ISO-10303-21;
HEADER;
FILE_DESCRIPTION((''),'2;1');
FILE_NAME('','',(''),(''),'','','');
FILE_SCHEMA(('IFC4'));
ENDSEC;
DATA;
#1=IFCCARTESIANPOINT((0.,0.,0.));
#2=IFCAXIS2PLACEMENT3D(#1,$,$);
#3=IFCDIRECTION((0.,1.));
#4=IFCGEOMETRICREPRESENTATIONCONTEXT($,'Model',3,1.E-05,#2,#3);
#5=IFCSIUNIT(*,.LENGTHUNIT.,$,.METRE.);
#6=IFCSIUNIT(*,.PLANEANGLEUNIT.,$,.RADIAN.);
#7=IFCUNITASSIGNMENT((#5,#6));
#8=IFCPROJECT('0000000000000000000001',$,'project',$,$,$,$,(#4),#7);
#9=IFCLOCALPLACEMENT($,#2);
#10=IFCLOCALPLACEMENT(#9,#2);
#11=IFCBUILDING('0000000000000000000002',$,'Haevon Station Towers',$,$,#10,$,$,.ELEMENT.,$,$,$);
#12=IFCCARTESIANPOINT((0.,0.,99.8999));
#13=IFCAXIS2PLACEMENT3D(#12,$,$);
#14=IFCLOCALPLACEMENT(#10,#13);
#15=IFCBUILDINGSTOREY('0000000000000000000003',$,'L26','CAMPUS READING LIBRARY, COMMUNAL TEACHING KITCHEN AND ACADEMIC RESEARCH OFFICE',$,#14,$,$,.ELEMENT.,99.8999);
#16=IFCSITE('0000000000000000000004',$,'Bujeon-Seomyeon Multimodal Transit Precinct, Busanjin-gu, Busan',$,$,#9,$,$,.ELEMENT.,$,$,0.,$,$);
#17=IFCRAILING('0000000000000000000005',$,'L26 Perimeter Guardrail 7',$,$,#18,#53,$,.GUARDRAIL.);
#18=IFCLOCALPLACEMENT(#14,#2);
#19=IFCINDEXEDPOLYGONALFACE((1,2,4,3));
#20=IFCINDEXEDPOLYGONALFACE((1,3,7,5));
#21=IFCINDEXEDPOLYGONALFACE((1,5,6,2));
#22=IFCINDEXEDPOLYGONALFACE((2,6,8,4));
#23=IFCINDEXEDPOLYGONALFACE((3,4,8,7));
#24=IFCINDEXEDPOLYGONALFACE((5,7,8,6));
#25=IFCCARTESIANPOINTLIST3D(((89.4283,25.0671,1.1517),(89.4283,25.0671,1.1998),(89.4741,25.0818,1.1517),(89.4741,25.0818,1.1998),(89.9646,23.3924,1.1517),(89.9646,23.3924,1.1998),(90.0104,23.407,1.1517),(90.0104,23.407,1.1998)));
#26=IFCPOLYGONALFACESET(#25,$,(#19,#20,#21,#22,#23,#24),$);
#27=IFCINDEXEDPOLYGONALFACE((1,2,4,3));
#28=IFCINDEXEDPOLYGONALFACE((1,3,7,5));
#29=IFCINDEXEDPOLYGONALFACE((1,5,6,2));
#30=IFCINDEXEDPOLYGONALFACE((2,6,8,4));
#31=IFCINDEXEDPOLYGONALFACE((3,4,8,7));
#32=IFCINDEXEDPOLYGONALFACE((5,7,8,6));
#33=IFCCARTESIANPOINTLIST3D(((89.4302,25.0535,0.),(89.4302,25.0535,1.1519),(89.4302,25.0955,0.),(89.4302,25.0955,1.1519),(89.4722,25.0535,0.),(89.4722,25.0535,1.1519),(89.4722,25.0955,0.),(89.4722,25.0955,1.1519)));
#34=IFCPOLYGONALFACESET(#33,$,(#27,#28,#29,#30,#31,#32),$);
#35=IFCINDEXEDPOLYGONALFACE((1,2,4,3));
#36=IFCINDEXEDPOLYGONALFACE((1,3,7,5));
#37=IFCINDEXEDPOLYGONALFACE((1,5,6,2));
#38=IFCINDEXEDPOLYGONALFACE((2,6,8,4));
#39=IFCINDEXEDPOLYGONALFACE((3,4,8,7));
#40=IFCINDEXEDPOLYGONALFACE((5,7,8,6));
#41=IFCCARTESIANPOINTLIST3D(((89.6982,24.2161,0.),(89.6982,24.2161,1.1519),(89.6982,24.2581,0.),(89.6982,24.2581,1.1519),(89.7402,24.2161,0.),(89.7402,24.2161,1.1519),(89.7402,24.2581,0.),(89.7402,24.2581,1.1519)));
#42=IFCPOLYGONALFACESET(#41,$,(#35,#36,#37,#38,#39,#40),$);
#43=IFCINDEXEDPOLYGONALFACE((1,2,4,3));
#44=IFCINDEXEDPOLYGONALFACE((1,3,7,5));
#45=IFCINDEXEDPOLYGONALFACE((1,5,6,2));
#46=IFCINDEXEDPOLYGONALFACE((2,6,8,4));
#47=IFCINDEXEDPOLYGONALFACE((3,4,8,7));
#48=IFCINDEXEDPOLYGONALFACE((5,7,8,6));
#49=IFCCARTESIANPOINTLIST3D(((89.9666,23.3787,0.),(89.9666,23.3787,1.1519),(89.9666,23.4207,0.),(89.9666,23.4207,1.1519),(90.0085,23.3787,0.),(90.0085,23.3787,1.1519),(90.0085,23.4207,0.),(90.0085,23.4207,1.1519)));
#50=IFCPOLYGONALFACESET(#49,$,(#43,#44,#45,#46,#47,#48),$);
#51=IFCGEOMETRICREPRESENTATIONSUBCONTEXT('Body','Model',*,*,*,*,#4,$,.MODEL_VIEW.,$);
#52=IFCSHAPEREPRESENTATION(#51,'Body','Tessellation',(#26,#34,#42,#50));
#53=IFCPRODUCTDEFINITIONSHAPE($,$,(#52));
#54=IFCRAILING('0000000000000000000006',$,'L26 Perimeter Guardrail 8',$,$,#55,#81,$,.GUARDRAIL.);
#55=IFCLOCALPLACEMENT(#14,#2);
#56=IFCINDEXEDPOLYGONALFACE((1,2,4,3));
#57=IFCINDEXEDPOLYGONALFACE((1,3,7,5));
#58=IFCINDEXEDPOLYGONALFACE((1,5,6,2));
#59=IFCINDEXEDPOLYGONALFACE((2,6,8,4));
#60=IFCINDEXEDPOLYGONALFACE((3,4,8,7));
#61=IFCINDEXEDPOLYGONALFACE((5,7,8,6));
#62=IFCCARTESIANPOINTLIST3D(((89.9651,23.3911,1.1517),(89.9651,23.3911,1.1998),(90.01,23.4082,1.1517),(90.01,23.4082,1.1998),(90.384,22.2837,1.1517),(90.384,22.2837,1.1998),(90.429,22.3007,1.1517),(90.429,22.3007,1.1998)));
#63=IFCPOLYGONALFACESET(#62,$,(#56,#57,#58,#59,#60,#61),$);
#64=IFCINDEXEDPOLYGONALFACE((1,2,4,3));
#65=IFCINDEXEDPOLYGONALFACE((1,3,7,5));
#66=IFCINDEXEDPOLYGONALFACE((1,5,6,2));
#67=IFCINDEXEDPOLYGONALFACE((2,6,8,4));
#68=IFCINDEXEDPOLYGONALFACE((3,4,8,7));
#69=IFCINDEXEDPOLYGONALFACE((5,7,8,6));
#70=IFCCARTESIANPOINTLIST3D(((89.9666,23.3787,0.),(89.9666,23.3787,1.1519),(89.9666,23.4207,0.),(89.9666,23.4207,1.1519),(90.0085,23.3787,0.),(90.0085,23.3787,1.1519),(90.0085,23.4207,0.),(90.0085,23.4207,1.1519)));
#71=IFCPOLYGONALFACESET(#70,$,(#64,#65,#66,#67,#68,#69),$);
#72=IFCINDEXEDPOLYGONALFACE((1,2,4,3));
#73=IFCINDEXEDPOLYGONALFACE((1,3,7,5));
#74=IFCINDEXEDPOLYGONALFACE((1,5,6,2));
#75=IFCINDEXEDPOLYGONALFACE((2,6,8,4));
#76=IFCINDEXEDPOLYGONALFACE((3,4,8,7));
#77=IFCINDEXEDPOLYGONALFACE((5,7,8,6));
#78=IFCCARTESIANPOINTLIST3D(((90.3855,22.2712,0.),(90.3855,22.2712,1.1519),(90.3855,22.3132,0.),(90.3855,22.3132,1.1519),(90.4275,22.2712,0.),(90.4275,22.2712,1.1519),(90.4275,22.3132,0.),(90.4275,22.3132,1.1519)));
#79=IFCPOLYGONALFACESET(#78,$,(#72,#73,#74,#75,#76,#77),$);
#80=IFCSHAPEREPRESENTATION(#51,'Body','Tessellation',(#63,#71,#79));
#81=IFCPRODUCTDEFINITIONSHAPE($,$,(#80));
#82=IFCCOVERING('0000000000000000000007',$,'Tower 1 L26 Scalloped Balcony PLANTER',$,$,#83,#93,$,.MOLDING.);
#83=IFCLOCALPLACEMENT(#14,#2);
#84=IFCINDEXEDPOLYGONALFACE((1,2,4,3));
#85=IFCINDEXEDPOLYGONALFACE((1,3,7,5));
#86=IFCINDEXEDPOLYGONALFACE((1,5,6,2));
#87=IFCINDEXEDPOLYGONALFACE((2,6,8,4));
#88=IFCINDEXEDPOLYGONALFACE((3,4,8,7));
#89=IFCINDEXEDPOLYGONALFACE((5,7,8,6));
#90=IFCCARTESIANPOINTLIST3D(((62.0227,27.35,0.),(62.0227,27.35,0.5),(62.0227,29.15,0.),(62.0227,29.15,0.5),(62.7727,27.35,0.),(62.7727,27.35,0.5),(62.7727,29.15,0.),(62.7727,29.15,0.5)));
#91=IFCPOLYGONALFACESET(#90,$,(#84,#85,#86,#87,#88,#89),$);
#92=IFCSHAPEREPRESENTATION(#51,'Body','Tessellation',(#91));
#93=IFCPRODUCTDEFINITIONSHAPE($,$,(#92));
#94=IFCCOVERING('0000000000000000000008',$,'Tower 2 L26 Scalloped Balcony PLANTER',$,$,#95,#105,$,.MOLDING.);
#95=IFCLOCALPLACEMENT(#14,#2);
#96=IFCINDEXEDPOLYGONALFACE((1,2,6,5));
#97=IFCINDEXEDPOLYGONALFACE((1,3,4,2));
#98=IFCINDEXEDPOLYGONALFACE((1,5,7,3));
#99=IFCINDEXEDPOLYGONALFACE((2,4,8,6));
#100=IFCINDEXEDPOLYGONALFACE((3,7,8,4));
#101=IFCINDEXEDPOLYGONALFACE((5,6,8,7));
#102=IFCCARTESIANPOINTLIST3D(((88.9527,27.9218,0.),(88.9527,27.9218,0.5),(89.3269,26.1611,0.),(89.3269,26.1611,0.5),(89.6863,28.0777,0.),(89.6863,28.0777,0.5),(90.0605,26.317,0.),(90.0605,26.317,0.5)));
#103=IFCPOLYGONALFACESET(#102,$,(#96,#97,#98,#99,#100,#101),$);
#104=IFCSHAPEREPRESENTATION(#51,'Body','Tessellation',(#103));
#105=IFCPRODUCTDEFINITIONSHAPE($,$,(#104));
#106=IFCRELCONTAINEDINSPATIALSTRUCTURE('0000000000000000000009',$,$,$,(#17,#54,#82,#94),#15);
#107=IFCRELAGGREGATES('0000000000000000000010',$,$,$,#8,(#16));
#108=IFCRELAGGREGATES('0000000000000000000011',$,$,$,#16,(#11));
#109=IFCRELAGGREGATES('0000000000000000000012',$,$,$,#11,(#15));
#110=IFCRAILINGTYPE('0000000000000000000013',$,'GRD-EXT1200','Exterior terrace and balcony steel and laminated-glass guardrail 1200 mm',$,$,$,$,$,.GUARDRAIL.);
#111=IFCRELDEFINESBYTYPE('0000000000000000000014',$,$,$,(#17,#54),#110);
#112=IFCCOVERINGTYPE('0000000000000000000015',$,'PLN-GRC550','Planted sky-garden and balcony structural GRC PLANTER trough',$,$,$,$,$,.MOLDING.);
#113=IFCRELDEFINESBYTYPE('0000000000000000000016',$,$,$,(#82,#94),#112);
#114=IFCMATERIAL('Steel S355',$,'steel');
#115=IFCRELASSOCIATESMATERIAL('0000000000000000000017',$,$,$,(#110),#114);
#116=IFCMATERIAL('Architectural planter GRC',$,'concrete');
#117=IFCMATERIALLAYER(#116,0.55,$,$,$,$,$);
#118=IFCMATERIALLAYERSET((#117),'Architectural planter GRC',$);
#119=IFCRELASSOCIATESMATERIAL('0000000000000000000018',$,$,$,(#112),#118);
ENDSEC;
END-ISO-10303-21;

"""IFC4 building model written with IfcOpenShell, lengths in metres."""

from ifc_helpers import new_model, si_unit, direction, frame, origin, origin_2d, place, context, subcontext, project, spatial, rectangle, extrude, material, layer, layer_set, type_object, element, save


model = new_model("IFC4")

# Units and contexts
model_context = context("Model", 3, precision=1e-05, world=origin(), true_north=direction((0.0, 1.0)))
body_context = subcontext(model_context, "Body", "Model", "MODEL_VIEW")
ifc_project = project(units=[si_unit("LENGTHUNIT", "METRE"), si_unit("PLANEANGLEUNIT", "RADIAN")], contexts=[model_context])

# Site, building, storey
site_placement = place(None, origin())
site = spatial("IfcSite", under=ifc_project, at=site_placement, Name="Bujeon-Seomyeon Multimodal Transit Precinct, Busanjin-gu, Busan", CompositionType="ELEMENT", RefElevation=0.0)
building_placement = place(site_placement, origin())
building = spatial("IfcBuilding", under=site, at=building_placement, Name="Haevon Station Towers", CompositionType="ELEMENT")
storey_placement = place(building_placement, frame((0.0, 0.0, 99.8999)))
storey = spatial("IfcBuildingStorey", under=building, at=storey_placement, Name="L26", Description="CAMPUS READING LIBRARY, COMMUNAL TEACHING KITCHEN AND ACADEMIC RESEARCH OFFICE", CompositionType="ELEMENT", Elevation=99.8999)

# Shared definitions
ifc_material_1 = material(Name="Steel S355", Category="steel")

# Railings
railing_type = type_object("IfcRailingType", Name="GRD-EXT1200", Description="Exterior terrace and balcony steel and laminated-glass guardrail 1200 mm", PredefinedType="GUARDRAIL", material=ifc_material_1)
railing_1_placement = place(storey_placement, frame((89.4512, 25.0745, 0.0)))
element("IfcRailing", 1, at=railing_1_placement, inside=storey, type_object=railing_type, Name="L26 Perimeter Guardrail 7", PredefinedType="GUARDRAIL", context=body_context, shape_type="SweptSolid", body=[
    extrude(rectangle(XDim=0.0481, YDim=0.0481, at=origin_2d()), frame((0.0, 0.0, 1.1758), z_axis=(0.305002, -0.952352, 0.0), x_axis=(0.952352, 0.305002, 0.0)), (0.0, 0.0, 1.0), 1.7585),
    extrude(rectangle(XDim=0.042, YDim=0.042, at=origin_2d()), origin(), (0.0, 0.0, 1.0), 1.1519),
    extrude(rectangle(XDim=0.042, YDim=0.042, at=origin_2d()), frame((0.2681, -0.8374, 0.0)), (0.0, 0.0, 1.0), 1.1519),
    extrude(rectangle(XDim=0.042, YDim=0.042, at=origin_2d()), frame((0.5364, -1.6748, 0.0)), (0.0, 0.0, 1.0), 1.1519),
])
railing_2_placement = place(storey_placement, frame((89.9875, 23.3997, 0.0)))
element("IfcRailing", 2, at=railing_2_placement, inside=storey, type_object=railing_type, Name="L26 Perimeter Guardrail 8", PredefinedType="GUARDRAIL", context=body_context, shape_type="SweptSolid", body=[
    extrude(rectangle(XDim=0.0481, YDim=0.0481, at=origin_2d()), frame((0.0, 0.0, 1.1758), z_axis=(0.353834, -0.935308, 0.0), x_axis=(0.935308, 0.353834, 0.0)), (0.0, 0.0, 1.0), 1.1841),
    extrude(rectangle(XDim=0.042, YDim=0.042, at=origin_2d()), origin(), (0.0, 0.0, 1.0), 1.1519),
    extrude(rectangle(XDim=0.042, YDim=0.042, at=origin_2d()), frame((0.4189, -1.1074, 0.0)), (0.0, 0.0, 1.0), 1.1519),
])

# Coverings
ifc_material_2 = material(Name="Architectural planter GRC", Category="concrete")
ifc_layer_1 = layer(ifc_material_2, 0.55)
ifc_layer_set_1 = layer_set([ifc_layer_1], Name="Architectural planter GRC")
covering_type = type_object("IfcCoveringType", Name="PLN-GRC550", Description="Planted sky-garden and balcony structural GRC PLANTER trough", PredefinedType="MOLDING", material=ifc_layer_set_1)
for number, where, z_axis, x_axis, name in (
    (3, (62.3977, 28.25, 0.0), (0.0, 0.0, 1.0), (1.0, 0.0, 0.0), "Tower 1 L26 Scalloped Balcony PLANTER"),
    (4, (89.5066, 27.1194, 0.0), (0.0, 0.0, 1.0), (0.978148, 0.207912, 0.0), "Tower 2 L26 Scalloped Balcony PLANTER"),
):
    element("IfcCovering", number, at=place(storey_placement, frame(where, z_axis=z_axis, x_axis=x_axis)), inside=storey, type_object=covering_type, Name=name, PredefinedType="MOLDING", context=body_context, shape_type="SweptSolid", body=[
        extrude(rectangle(XDim=0.75, YDim=1.8, at=origin_2d()), origin(), (0.0, 0.0, 1.0), 0.5),
    ])

save(model, "model.ifc")
